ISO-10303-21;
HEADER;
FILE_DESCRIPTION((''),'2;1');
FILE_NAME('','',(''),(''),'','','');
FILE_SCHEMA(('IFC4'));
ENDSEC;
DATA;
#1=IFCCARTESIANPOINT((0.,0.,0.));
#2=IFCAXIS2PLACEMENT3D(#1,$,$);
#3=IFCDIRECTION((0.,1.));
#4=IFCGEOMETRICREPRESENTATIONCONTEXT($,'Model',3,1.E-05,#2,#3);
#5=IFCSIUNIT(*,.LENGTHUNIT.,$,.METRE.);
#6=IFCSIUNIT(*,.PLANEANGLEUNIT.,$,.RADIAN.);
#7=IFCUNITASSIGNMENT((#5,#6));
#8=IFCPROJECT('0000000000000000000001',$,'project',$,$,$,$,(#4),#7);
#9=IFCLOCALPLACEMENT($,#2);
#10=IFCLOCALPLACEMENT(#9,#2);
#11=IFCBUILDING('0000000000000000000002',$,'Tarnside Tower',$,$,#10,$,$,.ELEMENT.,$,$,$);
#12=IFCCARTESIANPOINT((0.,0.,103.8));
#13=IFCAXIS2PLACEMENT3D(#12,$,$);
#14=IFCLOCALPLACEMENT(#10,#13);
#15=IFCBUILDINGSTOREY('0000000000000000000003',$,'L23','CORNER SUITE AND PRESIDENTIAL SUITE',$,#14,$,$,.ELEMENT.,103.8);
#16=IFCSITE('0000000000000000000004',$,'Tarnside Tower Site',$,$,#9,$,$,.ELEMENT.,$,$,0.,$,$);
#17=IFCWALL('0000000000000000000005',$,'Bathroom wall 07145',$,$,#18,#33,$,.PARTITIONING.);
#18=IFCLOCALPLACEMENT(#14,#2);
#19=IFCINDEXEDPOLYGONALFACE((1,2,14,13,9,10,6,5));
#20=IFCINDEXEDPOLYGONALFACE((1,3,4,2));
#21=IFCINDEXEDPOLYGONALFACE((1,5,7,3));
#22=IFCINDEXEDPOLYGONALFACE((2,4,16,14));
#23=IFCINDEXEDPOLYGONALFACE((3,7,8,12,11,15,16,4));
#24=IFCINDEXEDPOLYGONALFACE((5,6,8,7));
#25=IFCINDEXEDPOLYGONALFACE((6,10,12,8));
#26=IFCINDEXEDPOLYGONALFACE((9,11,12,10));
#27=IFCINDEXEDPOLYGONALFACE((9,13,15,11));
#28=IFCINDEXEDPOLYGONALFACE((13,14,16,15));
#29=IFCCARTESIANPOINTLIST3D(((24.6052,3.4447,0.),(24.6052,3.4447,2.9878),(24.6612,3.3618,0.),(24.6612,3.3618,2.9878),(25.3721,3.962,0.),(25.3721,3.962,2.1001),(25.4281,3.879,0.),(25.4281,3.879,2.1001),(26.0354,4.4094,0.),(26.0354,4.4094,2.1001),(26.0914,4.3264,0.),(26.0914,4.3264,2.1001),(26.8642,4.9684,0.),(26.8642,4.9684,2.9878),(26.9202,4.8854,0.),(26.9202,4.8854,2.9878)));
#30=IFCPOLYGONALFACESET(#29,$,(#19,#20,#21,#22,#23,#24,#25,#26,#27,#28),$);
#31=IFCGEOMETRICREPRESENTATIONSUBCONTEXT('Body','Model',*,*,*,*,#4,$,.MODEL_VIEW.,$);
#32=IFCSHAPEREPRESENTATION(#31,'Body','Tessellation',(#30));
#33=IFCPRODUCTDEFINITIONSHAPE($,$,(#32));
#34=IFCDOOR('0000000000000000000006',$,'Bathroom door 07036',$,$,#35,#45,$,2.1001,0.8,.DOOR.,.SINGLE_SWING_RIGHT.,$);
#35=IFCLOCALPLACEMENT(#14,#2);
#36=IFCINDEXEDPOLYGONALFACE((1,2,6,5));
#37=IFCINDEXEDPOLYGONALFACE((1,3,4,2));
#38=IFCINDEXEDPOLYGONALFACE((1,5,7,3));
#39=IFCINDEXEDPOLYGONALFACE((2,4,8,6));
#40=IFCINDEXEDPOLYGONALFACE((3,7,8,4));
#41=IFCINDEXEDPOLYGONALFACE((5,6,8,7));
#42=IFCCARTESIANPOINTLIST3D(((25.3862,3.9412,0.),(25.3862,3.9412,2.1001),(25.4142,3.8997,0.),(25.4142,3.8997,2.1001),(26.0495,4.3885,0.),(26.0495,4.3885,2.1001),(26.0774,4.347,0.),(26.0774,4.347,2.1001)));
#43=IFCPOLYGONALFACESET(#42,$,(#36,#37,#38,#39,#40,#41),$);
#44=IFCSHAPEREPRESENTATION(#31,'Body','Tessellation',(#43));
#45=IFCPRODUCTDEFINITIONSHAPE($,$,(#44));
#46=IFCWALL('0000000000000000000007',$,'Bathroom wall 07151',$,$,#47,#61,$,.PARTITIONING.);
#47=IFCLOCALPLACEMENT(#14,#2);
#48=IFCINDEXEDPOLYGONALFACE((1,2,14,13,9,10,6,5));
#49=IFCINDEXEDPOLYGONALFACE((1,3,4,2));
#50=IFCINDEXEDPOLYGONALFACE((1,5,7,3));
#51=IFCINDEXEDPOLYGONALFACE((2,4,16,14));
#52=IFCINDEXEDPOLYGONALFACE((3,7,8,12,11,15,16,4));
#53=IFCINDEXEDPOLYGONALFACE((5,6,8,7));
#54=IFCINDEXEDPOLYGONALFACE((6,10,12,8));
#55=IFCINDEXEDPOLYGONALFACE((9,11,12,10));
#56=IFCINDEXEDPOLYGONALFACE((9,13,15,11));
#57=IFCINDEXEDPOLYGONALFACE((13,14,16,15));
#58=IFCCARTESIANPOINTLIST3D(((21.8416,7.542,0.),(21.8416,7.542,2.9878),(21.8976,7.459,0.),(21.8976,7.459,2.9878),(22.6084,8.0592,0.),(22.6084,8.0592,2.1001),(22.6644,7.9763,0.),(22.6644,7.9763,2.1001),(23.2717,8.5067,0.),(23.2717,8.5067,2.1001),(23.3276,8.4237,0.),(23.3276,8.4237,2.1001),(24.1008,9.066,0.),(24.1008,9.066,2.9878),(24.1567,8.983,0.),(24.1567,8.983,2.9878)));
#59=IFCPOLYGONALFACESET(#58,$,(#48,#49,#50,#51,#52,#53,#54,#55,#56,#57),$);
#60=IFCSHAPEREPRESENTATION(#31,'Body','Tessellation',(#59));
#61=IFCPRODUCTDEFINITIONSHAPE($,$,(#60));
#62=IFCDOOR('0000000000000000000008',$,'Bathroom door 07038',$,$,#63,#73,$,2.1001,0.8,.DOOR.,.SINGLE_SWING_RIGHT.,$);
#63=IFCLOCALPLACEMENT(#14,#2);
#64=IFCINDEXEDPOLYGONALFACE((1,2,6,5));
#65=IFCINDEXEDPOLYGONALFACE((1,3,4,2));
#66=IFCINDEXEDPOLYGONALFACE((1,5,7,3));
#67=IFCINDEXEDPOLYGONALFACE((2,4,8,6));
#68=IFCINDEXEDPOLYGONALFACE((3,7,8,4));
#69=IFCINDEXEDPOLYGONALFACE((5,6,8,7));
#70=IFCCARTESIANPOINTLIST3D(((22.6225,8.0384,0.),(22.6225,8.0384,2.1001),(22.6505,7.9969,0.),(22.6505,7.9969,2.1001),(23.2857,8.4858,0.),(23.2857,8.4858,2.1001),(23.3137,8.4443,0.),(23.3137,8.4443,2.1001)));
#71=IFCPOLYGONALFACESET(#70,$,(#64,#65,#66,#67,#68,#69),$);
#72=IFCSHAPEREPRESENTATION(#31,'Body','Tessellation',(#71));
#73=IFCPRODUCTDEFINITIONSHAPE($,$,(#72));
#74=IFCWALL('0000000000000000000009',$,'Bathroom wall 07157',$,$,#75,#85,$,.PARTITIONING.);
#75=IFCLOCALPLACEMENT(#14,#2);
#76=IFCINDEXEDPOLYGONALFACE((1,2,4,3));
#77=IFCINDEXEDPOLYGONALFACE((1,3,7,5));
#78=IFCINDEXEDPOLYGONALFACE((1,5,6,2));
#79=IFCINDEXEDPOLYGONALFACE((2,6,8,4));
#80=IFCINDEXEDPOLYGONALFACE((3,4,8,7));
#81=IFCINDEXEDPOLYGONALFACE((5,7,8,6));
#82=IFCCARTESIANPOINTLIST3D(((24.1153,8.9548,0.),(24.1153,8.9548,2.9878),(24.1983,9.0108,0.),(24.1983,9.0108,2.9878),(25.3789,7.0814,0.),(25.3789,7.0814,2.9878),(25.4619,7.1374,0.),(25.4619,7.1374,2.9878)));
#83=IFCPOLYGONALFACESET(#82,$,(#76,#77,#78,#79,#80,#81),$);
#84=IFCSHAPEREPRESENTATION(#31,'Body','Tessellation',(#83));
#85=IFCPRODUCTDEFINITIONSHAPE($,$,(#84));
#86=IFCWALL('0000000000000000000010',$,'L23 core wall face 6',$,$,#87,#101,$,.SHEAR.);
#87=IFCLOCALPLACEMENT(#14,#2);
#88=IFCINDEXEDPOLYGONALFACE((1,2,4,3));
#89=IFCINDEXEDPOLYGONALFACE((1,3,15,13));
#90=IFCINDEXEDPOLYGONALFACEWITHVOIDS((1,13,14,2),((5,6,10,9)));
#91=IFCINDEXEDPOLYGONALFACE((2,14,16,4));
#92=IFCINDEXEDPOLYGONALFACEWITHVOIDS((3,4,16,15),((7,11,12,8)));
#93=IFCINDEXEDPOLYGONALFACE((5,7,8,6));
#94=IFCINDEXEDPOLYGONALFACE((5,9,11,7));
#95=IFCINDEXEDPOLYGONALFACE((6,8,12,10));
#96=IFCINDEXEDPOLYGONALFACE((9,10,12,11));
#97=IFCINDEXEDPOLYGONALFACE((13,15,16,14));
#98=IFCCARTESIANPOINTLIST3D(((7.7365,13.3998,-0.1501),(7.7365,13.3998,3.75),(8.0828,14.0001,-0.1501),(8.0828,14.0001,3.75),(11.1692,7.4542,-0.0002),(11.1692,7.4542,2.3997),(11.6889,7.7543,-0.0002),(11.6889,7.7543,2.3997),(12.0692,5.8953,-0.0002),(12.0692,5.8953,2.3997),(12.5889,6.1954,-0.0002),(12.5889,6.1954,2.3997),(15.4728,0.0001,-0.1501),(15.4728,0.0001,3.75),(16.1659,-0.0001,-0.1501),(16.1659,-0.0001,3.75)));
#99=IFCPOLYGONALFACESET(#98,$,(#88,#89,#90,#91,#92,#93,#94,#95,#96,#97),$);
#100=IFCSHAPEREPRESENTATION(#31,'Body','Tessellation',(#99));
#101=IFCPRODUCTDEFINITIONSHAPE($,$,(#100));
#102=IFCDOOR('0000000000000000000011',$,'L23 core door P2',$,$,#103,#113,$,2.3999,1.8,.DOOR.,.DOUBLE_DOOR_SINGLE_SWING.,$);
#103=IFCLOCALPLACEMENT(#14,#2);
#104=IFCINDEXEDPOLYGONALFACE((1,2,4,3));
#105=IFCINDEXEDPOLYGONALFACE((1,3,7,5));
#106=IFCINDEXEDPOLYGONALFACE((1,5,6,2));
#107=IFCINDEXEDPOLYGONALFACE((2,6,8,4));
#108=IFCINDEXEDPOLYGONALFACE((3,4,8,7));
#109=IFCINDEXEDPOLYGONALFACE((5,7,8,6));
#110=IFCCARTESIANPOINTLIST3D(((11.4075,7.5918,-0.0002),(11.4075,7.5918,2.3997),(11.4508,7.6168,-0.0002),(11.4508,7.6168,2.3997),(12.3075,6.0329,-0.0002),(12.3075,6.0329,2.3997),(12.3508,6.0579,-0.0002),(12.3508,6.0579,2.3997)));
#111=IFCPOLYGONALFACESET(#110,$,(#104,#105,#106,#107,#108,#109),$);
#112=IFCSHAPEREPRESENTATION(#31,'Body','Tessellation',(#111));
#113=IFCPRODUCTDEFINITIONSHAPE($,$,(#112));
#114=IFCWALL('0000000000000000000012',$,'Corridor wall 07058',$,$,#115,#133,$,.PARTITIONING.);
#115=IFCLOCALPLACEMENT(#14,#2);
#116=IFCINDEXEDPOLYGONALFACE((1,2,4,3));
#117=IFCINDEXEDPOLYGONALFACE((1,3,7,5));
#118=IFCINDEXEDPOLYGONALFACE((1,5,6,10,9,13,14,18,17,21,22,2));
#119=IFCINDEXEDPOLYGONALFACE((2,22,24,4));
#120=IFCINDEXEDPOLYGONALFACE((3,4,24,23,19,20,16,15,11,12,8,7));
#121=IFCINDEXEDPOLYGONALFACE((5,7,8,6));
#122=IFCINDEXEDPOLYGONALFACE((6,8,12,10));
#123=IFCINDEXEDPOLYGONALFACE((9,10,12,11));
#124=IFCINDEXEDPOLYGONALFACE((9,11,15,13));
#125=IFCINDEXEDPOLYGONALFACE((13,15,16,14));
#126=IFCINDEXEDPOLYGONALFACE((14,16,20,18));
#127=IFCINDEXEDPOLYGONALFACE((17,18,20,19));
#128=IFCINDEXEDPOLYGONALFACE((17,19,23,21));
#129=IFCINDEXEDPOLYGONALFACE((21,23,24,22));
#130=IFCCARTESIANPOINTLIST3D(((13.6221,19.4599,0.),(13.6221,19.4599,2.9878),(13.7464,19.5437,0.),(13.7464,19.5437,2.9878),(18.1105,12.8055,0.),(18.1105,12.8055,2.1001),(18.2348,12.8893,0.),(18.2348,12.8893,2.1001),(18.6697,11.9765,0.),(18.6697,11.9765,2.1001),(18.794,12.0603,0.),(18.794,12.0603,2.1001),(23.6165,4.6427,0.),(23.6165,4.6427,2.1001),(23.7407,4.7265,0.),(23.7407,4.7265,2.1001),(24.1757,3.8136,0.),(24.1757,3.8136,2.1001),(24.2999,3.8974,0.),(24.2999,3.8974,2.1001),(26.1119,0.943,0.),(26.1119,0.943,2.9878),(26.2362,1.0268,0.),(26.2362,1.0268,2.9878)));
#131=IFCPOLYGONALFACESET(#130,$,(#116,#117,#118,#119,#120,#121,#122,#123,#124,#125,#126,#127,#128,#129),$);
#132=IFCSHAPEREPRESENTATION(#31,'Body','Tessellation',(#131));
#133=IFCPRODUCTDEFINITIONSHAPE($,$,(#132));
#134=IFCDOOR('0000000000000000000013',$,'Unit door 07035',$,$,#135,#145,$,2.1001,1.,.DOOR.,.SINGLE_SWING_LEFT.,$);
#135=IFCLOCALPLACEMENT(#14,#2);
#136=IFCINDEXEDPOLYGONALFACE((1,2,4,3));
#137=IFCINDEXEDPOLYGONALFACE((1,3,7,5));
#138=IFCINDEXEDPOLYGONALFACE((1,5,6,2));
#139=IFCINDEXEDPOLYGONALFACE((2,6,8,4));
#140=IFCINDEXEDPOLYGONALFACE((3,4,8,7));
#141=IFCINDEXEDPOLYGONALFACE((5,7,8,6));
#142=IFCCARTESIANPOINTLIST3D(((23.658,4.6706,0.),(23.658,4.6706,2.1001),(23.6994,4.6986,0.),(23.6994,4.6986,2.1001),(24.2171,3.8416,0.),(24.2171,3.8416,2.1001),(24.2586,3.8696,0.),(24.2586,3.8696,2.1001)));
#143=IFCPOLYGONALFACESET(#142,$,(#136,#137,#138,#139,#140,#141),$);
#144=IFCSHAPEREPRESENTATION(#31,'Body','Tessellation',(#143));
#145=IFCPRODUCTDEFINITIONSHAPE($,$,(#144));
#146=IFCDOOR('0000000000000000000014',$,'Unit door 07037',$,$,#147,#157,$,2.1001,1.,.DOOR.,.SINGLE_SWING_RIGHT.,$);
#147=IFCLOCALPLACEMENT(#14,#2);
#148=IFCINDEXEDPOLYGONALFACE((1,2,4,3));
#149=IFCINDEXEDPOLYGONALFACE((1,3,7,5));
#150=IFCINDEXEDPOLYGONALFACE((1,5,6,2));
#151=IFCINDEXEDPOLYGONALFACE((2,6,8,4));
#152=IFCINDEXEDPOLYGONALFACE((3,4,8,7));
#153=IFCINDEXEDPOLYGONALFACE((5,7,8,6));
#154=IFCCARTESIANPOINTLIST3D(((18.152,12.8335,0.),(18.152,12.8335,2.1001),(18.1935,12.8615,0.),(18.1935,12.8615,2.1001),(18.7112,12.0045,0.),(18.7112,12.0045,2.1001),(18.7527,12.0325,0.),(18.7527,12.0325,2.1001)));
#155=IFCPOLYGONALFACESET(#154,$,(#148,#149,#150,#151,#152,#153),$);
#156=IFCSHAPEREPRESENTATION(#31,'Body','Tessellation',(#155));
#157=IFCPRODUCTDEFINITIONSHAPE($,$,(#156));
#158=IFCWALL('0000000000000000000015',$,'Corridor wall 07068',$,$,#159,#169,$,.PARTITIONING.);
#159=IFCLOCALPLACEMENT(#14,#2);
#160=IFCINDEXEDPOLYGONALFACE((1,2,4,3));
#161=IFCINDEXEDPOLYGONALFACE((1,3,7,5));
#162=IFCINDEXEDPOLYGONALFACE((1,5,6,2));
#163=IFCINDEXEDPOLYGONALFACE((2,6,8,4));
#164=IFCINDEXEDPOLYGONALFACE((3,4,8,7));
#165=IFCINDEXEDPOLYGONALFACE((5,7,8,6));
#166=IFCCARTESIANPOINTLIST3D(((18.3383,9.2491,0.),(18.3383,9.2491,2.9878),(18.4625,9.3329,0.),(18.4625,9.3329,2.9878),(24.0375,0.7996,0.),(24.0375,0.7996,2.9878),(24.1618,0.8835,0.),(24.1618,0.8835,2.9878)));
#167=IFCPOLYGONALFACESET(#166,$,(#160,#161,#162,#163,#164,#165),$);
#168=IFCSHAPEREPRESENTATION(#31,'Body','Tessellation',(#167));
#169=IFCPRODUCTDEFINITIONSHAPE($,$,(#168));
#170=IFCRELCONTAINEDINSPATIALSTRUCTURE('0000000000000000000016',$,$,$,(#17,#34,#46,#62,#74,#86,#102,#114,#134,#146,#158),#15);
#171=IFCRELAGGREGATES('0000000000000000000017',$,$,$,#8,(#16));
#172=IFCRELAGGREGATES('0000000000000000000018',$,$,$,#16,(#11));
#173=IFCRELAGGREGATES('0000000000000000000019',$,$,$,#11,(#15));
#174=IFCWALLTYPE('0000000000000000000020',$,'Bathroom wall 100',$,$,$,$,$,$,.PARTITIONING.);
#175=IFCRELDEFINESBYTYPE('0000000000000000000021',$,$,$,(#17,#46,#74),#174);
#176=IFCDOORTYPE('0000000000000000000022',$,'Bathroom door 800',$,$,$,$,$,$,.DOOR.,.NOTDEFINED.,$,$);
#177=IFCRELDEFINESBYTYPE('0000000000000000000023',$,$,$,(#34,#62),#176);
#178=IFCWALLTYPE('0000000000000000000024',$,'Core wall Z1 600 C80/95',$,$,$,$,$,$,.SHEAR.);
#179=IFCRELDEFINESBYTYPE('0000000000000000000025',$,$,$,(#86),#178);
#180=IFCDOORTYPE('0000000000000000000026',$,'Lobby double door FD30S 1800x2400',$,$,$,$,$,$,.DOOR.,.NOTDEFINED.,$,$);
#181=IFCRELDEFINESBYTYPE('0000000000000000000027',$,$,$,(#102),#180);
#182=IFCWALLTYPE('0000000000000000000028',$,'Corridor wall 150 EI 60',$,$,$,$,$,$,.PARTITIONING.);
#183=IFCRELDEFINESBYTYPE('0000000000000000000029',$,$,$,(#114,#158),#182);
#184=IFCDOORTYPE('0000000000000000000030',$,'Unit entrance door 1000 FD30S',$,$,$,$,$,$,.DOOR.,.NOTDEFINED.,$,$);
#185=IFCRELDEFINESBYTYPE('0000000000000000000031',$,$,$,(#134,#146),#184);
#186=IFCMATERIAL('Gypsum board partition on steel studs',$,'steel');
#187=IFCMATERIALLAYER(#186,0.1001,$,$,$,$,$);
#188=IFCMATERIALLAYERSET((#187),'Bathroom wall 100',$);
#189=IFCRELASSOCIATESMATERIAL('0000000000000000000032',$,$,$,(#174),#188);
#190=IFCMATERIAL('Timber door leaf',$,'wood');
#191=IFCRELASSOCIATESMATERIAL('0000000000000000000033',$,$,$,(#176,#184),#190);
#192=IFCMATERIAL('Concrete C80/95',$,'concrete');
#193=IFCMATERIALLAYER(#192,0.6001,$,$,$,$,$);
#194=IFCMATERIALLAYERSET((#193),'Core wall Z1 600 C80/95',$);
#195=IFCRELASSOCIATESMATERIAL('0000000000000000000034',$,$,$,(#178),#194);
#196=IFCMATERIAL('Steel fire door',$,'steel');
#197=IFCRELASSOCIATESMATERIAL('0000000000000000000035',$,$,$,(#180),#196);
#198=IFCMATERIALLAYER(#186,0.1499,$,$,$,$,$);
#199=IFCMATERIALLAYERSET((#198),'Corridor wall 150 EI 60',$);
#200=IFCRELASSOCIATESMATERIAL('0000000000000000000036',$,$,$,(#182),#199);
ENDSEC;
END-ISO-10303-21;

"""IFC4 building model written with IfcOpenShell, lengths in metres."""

from ifc_helpers import new_model, si_unit, direction, frame, frame_2d, origin, place, context, subcontext, project, spatial, polyline, rectangle, outline, extrude, material, layer, layer_set, type_object, element, fill, save


model = new_model("IFC4")

# Units and contexts
model_context = context("Model", 3, precision=1e-05, world=origin(), true_north=direction((0.0, 1.0)))
body_context = subcontext(model_context, "Body", "Model", "MODEL_VIEW")
ifc_project = project(units=[si_unit("LENGTHUNIT", "METRE"), si_unit("PLANEANGLEUNIT", "RADIAN")], contexts=[model_context])

# Site, building, storey
site_placement = place(None, origin())
site = spatial("IfcSite", under=ifc_project, at=site_placement, Name="Tarnside Tower Site", CompositionType="ELEMENT", RefElevation=0.0)
building_placement = place(site_placement, origin())
building = spatial("IfcBuilding", under=site, at=building_placement, Name="Tarnside Tower", CompositionType="ELEMENT")
storey_placement = place(building_placement, frame((0.0, 0.0, 103.8)))
storey = spatial("IfcBuildingStorey", under=building, at=storey_placement, Name="L23", Description="CORNER SUITE AND PRESIDENTIAL SUITE", CompositionType="ELEMENT", Elevation=103.8)

# Walls, openings, doors
ifc_material_1 = material(Name="Gypsum board partition on steel studs", Category="steel")
ifc_layer_1 = layer(ifc_material_1, 0.1001)
ifc_layer_set_1 = layer_set([ifc_layer_1], Name="Bathroom wall 100")
wall_type_1 = type_object("IfcWallType", Name="Bathroom wall 100", PredefinedType="PARTITIONING", material=ifc_layer_set_1)
wall_1_placement = place(storey_placement, frame((24.6333, 3.4033, 0.0), z_axis=(0.0, 0.0, 1.0), x_axis=(0.829047, 0.559179, 0.0)))
wall_1 = element("IfcWall", 1, at=wall_1_placement, inside=storey, type_object=wall_type_1, Name="Bathroom wall 07145", PredefinedType="PARTITIONING", context=body_context, shape_type="SweptSolid", body=[
    extrude(rectangle(XDim=2.7249, YDim=0.1001, at=frame_2d((1.3623, 0.0))), origin(), (0.0, 0.0, 1.0), 2.9878),
])
opening_1_placement = place(wall_1_placement, frame((0.925, 0.0, 0.0)))
opening_1 = element("IfcOpeningElement", 2, at=opening_1_placement, cuts=wall_1, PredefinedType="OPENING", context=body_context, shape_type="SweptSolid", body=[
    extrude(rectangle(XDim=0.8, YDim=2.1001, at=frame_2d((0.3999, 1.05))), frame((0.0, 0.0601, 0.0), z_axis=(0.0, -1.0, 0.0), x_axis=(1.0, 0.0, 0.0)), (0.0, 0.0, 1.0), 0.1201),
])
ifc_material_2 = material(Name="Timber door leaf", Category="wood")
door_type_1 = type_object("IfcDoorType", Name="Bathroom door 800", OperationType="NOTDEFINED", PredefinedType="DOOR", material=ifc_material_2)
door_1_placement = place(opening_1_placement, origin())
door_1 = element("IfcDoor", 3, at=door_1_placement, inside=storey, type_object=door_type_1, Name="Bathroom door 07036", OperationType="SINGLE_SWING_RIGHT", OverallHeight=2.1001, OverallWidth=0.8, PredefinedType="DOOR", context=body_context, shape_type="SweptSolid", body=[
    extrude(rectangle(XDim=0.8, YDim=2.1001, at=frame_2d((0.3999, 1.05))), frame((0.0, 0.0249, 0.0), z_axis=(0.0, -1.0, 0.0), x_axis=(1.0, 0.0, 0.0)), (0.0, 0.0, 1.0), 0.05),
])
fill(opening_1, door_1)
wall_2_placement = place(storey_placement, frame((21.8696, 7.5005, 0.0), z_axis=(0.0, 0.0, 1.0), x_axis=(0.829005, 0.55924, 0.0)))
wall_2 = element("IfcWall", 4, at=wall_2_placement, inside=storey, type_object=wall_type_1, Name="Bathroom wall 07151", PredefinedType="PARTITIONING", context=body_context, shape_type="SweptSolid", body=[
    extrude(rectangle(XDim=2.7251, YDim=0.1001, at=frame_2d((1.3625, 0.0))), origin(), (0.0, 0.0, 1.0), 2.9878),
])
opening_2_placement = place(wall_2_placement, frame((0.925, 0.0, 0.0)))
opening_2 = element("IfcOpeningElement", 5, at=opening_2_placement, cuts=wall_2, PredefinedType="OPENING", context=body_context, shape_type="SweptSolid", body=[
    extrude(rectangle(XDim=0.8, YDim=2.1001, at=frame_2d((0.3999, 1.05))), frame((0.0, 0.0601, 0.0), z_axis=(0.0, -1.0, 0.0), x_axis=(1.0, 0.0, 0.0)), (0.0, 0.0, 1.0), 0.1201),
])
door_2_placement = place(opening_2_placement, origin())
door_2 = element("IfcDoor", 6, at=door_2_placement, inside=storey, type_object=door_type_1, Name="Bathroom door 07038", OperationType="SINGLE_SWING_RIGHT", OverallHeight=2.1001, OverallWidth=0.8, PredefinedType="DOOR", context=body_context, shape_type="SweptSolid", body=[
    extrude(rectangle(XDim=0.8, YDim=2.1001, at=frame_2d((0.3999, 1.05))), frame((0.0, 0.0249, 0.0), z_axis=(0.0, -1.0, 0.0), x_axis=(1.0, 0.0, 0.0)), (0.0, 0.0, 1.0), 0.05),
])
fill(opening_2, door_2)

# Wall
wall_3_placement = place(storey_placement, frame((25.4204, 7.1094, 0.0), z_axis=(0.0, 0.0, 1.0), x_axis=(-0.55918, 0.829047, 0.0)))
element("IfcWall", 7, at=wall_3_placement, inside=storey, type_object=wall_type_1, Name="Bathroom wall 07157", PredefinedType="PARTITIONING", context=body_context, shape_type="SweptSolid", body=[
    extrude(rectangle(XDim=2.2598, YDim=0.1001, at=frame_2d((1.1299, 0.0))), origin(), (0.0, 0.0, 1.0), 2.9878),
])

# Wall, opening, door
ifc_material_3 = material(Name="Concrete C80/95", Category="concrete")
ifc_layer_2 = layer(ifc_material_3, 0.6001)
ifc_layer_set_2 = layer_set([ifc_layer_2], Name="Core wall Z1 600 C80/95")
wall_type_2 = type_object("IfcWallType", Name="Core wall Z1 600 C80/95", PredefinedType="SHEAR", material=ifc_layer_set_2)
wall_4_placement = place(storey_placement, frame((15.8193, 0.0, -0.1501), z_axis=(0.0, 0.0, 1.0), x_axis=(-0.5, 0.866025, 0.0)))
wall_4 = element("IfcWall", 8, at=wall_4_placement, inside=storey, type_object=wall_type_2, Name="L23 core wall face 6", PredefinedType="SHEAR", context=body_context, shape_type="SweptSolid", body=[
    extrude(outline(polyline([(-0.1733, -0.3), (15.9927, -0.3), (15.646, 0.3), (0.1733, 0.3), (-0.1733, -0.3)])), origin(), (0.0, 0.0, 1.0), 3.9001),
])
opening_3_placement = place(wall_4_placement, frame((6.9807, 0.0, 0.1499)))
opening_3 = element("IfcOpeningElement", 9, at=opening_3_placement, cuts=wall_4, PredefinedType="OPENING", context=body_context, shape_type="SweptSolid", body=[
    extrude(rectangle(XDim=1.8, YDim=2.3999, at=frame_2d((0.8999, 1.2))), frame((0.0, 0.3101, 0.0), z_axis=(0.0, -1.0, 0.0), x_axis=(1.0, 0.0, 0.0)), (0.0, 0.0, 1.0), 0.6201),
])
ifc_material_4 = material(Name="Steel fire door", Category="steel")
door_type_2 = type_object("IfcDoorType", Name="Lobby double door FD30S 1800x2400", OperationType="NOTDEFINED", PredefinedType="DOOR", material=ifc_material_4)
door_3_placement = place(opening_3_placement, origin())
door_3 = element("IfcDoor", 10, at=door_3_placement, inside=storey, type_object=door_type_2, Name="L23 core door P2", OperationType="DOUBLE_DOOR_SINGLE_SWING", OverallHeight=2.3999, OverallWidth=1.8, PredefinedType="DOOR", context=body_context, shape_type="SweptSolid", body=[
    extrude(rectangle(XDim=1.8, YDim=2.3999, at=frame_2d((0.8999, 1.2))), frame((0.0, 0.0249, 0.0), z_axis=(0.0, -1.0, 0.0), x_axis=(1.0, 0.0, 0.0)), (0.0, 0.0, 1.0), 0.05),
])
fill(opening_3, door_3)

# Wall, openings, doors
ifc_layer_3 = layer(ifc_material_1, 0.1499)
ifc_layer_set_3 = layer_set([ifc_layer_3], Name="Corridor wall 150 EI 60")
wall_type_3 = type_object("IfcWallType", Name="Corridor wall 150 EI 60", PredefinedType="PARTITIONING", material=ifc_layer_set_3)
wall_5_placement = place(storey_placement, frame((26.1741, 0.9849, 0.0), z_axis=(0.0, 0.0, 1.0), x_axis=(-0.559192, 0.829038, 0.0)))
wall_5 = element("IfcWall", 11, at=wall_5_placement, inside=storey, type_object=wall_type_3, Name="Corridor wall 07058", PredefinedType="PARTITIONING", context=body_context, shape_type="SweptSolid", body=[
    extrude(rectangle(XDim=22.3354, YDim=0.1499, at=frame_2d((11.1677, 0.0))), origin(), (0.0, 0.0, 1.0), 2.9878),
])
opening_4_placement = place(wall_5_placement, frame((3.4626, 0.0, 0.0)))
opening_4 = element("IfcOpeningElement", 12, at=opening_4_placement, cuts=wall_5, PredefinedType="OPENING", context=body_context, shape_type="SweptSolid", body=[
    extrude(rectangle(XDim=1.0, YDim=2.1001, at=frame_2d((0.5, 1.05))), frame((0.0, 0.085, 0.0), z_axis=(0.0, -1.0, 0.0), x_axis=(1.0, 0.0, 0.0)), (0.0, 0.0, 1.0), 0.1699),
])
opening_5_placement = place(wall_5_placement, frame((13.3088, 0.0, 0.0)))
opening_5 = element("IfcOpeningElement", 13, at=opening_5_placement, cuts=wall_5, PredefinedType="OPENING", context=body_context, shape_type="SweptSolid", body=[
    extrude(rectangle(XDim=1.0, YDim=2.1001, at=frame_2d((0.5, 1.05))), frame((0.0, 0.085, 0.0), z_axis=(0.0, -1.0, 0.0), x_axis=(1.0, 0.0, 0.0)), (0.0, 0.0, 1.0), 0.1699),
])
door_type_3 = type_object("IfcDoorType", Name="Unit entrance door 1000 FD30S", OperationType="NOTDEFINED", PredefinedType="DOOR", material=ifc_material_2)
door_4_placement = place(opening_4_placement, origin())
door_4 = element("IfcDoor", 14, at=door_4_placement, inside=storey, type_object=door_type_3, Name="Unit door 07035", OperationType="SINGLE_SWING_LEFT", OverallHeight=2.1001, OverallWidth=1.0, PredefinedType="DOOR", context=body_context, shape_type="SweptSolid", body=[
    extrude(rectangle(XDim=1.0, YDim=2.1001, at=frame_2d((0.5, 1.05))), frame((0.0, 0.0249, 0.0), z_axis=(0.0, -1.0, 0.0), x_axis=(1.0, 0.0, 0.0)), (0.0, 0.0, 1.0), 0.05),
])
fill(opening_4, door_4)
door_5_placement = place(opening_5_placement, origin())
door_5 = element("IfcDoor", 15, at=door_5_placement, inside=storey, type_object=door_type_3, Name="Unit door 07037", OperationType="SINGLE_SWING_RIGHT", OverallHeight=2.1001, OverallWidth=1.0, PredefinedType="DOOR", context=body_context, shape_type="SweptSolid", body=[
    extrude(rectangle(XDim=1.0, YDim=2.1001, at=frame_2d((0.5, 1.05))), frame((0.0, 0.0249, 0.0), z_axis=(0.0, -1.0, 0.0), x_axis=(1.0, 0.0, 0.0)), (0.0, 0.0, 1.0), 0.05),
])
fill(opening_5, door_5)

# Wall
wall_6_placement = place(storey_placement, frame((18.4004, 9.291, 0.0), z_axis=(0.0, 0.0, 1.0), x_axis=(0.559192, -0.829038, 0.0)))
element("IfcWall", 16, at=wall_6_placement, inside=storey, type_object=wall_type_3, Name="Corridor wall 07068", PredefinedType="PARTITIONING", context=body_context, shape_type="SweptSolid", body=[
    extrude(rectangle(XDim=10.1919, YDim=0.1499, at=frame_2d((5.0959, 0.0))), origin(), (0.0, 0.0, 1.0), 2.9878),
])

save(model, "model.ifc")
